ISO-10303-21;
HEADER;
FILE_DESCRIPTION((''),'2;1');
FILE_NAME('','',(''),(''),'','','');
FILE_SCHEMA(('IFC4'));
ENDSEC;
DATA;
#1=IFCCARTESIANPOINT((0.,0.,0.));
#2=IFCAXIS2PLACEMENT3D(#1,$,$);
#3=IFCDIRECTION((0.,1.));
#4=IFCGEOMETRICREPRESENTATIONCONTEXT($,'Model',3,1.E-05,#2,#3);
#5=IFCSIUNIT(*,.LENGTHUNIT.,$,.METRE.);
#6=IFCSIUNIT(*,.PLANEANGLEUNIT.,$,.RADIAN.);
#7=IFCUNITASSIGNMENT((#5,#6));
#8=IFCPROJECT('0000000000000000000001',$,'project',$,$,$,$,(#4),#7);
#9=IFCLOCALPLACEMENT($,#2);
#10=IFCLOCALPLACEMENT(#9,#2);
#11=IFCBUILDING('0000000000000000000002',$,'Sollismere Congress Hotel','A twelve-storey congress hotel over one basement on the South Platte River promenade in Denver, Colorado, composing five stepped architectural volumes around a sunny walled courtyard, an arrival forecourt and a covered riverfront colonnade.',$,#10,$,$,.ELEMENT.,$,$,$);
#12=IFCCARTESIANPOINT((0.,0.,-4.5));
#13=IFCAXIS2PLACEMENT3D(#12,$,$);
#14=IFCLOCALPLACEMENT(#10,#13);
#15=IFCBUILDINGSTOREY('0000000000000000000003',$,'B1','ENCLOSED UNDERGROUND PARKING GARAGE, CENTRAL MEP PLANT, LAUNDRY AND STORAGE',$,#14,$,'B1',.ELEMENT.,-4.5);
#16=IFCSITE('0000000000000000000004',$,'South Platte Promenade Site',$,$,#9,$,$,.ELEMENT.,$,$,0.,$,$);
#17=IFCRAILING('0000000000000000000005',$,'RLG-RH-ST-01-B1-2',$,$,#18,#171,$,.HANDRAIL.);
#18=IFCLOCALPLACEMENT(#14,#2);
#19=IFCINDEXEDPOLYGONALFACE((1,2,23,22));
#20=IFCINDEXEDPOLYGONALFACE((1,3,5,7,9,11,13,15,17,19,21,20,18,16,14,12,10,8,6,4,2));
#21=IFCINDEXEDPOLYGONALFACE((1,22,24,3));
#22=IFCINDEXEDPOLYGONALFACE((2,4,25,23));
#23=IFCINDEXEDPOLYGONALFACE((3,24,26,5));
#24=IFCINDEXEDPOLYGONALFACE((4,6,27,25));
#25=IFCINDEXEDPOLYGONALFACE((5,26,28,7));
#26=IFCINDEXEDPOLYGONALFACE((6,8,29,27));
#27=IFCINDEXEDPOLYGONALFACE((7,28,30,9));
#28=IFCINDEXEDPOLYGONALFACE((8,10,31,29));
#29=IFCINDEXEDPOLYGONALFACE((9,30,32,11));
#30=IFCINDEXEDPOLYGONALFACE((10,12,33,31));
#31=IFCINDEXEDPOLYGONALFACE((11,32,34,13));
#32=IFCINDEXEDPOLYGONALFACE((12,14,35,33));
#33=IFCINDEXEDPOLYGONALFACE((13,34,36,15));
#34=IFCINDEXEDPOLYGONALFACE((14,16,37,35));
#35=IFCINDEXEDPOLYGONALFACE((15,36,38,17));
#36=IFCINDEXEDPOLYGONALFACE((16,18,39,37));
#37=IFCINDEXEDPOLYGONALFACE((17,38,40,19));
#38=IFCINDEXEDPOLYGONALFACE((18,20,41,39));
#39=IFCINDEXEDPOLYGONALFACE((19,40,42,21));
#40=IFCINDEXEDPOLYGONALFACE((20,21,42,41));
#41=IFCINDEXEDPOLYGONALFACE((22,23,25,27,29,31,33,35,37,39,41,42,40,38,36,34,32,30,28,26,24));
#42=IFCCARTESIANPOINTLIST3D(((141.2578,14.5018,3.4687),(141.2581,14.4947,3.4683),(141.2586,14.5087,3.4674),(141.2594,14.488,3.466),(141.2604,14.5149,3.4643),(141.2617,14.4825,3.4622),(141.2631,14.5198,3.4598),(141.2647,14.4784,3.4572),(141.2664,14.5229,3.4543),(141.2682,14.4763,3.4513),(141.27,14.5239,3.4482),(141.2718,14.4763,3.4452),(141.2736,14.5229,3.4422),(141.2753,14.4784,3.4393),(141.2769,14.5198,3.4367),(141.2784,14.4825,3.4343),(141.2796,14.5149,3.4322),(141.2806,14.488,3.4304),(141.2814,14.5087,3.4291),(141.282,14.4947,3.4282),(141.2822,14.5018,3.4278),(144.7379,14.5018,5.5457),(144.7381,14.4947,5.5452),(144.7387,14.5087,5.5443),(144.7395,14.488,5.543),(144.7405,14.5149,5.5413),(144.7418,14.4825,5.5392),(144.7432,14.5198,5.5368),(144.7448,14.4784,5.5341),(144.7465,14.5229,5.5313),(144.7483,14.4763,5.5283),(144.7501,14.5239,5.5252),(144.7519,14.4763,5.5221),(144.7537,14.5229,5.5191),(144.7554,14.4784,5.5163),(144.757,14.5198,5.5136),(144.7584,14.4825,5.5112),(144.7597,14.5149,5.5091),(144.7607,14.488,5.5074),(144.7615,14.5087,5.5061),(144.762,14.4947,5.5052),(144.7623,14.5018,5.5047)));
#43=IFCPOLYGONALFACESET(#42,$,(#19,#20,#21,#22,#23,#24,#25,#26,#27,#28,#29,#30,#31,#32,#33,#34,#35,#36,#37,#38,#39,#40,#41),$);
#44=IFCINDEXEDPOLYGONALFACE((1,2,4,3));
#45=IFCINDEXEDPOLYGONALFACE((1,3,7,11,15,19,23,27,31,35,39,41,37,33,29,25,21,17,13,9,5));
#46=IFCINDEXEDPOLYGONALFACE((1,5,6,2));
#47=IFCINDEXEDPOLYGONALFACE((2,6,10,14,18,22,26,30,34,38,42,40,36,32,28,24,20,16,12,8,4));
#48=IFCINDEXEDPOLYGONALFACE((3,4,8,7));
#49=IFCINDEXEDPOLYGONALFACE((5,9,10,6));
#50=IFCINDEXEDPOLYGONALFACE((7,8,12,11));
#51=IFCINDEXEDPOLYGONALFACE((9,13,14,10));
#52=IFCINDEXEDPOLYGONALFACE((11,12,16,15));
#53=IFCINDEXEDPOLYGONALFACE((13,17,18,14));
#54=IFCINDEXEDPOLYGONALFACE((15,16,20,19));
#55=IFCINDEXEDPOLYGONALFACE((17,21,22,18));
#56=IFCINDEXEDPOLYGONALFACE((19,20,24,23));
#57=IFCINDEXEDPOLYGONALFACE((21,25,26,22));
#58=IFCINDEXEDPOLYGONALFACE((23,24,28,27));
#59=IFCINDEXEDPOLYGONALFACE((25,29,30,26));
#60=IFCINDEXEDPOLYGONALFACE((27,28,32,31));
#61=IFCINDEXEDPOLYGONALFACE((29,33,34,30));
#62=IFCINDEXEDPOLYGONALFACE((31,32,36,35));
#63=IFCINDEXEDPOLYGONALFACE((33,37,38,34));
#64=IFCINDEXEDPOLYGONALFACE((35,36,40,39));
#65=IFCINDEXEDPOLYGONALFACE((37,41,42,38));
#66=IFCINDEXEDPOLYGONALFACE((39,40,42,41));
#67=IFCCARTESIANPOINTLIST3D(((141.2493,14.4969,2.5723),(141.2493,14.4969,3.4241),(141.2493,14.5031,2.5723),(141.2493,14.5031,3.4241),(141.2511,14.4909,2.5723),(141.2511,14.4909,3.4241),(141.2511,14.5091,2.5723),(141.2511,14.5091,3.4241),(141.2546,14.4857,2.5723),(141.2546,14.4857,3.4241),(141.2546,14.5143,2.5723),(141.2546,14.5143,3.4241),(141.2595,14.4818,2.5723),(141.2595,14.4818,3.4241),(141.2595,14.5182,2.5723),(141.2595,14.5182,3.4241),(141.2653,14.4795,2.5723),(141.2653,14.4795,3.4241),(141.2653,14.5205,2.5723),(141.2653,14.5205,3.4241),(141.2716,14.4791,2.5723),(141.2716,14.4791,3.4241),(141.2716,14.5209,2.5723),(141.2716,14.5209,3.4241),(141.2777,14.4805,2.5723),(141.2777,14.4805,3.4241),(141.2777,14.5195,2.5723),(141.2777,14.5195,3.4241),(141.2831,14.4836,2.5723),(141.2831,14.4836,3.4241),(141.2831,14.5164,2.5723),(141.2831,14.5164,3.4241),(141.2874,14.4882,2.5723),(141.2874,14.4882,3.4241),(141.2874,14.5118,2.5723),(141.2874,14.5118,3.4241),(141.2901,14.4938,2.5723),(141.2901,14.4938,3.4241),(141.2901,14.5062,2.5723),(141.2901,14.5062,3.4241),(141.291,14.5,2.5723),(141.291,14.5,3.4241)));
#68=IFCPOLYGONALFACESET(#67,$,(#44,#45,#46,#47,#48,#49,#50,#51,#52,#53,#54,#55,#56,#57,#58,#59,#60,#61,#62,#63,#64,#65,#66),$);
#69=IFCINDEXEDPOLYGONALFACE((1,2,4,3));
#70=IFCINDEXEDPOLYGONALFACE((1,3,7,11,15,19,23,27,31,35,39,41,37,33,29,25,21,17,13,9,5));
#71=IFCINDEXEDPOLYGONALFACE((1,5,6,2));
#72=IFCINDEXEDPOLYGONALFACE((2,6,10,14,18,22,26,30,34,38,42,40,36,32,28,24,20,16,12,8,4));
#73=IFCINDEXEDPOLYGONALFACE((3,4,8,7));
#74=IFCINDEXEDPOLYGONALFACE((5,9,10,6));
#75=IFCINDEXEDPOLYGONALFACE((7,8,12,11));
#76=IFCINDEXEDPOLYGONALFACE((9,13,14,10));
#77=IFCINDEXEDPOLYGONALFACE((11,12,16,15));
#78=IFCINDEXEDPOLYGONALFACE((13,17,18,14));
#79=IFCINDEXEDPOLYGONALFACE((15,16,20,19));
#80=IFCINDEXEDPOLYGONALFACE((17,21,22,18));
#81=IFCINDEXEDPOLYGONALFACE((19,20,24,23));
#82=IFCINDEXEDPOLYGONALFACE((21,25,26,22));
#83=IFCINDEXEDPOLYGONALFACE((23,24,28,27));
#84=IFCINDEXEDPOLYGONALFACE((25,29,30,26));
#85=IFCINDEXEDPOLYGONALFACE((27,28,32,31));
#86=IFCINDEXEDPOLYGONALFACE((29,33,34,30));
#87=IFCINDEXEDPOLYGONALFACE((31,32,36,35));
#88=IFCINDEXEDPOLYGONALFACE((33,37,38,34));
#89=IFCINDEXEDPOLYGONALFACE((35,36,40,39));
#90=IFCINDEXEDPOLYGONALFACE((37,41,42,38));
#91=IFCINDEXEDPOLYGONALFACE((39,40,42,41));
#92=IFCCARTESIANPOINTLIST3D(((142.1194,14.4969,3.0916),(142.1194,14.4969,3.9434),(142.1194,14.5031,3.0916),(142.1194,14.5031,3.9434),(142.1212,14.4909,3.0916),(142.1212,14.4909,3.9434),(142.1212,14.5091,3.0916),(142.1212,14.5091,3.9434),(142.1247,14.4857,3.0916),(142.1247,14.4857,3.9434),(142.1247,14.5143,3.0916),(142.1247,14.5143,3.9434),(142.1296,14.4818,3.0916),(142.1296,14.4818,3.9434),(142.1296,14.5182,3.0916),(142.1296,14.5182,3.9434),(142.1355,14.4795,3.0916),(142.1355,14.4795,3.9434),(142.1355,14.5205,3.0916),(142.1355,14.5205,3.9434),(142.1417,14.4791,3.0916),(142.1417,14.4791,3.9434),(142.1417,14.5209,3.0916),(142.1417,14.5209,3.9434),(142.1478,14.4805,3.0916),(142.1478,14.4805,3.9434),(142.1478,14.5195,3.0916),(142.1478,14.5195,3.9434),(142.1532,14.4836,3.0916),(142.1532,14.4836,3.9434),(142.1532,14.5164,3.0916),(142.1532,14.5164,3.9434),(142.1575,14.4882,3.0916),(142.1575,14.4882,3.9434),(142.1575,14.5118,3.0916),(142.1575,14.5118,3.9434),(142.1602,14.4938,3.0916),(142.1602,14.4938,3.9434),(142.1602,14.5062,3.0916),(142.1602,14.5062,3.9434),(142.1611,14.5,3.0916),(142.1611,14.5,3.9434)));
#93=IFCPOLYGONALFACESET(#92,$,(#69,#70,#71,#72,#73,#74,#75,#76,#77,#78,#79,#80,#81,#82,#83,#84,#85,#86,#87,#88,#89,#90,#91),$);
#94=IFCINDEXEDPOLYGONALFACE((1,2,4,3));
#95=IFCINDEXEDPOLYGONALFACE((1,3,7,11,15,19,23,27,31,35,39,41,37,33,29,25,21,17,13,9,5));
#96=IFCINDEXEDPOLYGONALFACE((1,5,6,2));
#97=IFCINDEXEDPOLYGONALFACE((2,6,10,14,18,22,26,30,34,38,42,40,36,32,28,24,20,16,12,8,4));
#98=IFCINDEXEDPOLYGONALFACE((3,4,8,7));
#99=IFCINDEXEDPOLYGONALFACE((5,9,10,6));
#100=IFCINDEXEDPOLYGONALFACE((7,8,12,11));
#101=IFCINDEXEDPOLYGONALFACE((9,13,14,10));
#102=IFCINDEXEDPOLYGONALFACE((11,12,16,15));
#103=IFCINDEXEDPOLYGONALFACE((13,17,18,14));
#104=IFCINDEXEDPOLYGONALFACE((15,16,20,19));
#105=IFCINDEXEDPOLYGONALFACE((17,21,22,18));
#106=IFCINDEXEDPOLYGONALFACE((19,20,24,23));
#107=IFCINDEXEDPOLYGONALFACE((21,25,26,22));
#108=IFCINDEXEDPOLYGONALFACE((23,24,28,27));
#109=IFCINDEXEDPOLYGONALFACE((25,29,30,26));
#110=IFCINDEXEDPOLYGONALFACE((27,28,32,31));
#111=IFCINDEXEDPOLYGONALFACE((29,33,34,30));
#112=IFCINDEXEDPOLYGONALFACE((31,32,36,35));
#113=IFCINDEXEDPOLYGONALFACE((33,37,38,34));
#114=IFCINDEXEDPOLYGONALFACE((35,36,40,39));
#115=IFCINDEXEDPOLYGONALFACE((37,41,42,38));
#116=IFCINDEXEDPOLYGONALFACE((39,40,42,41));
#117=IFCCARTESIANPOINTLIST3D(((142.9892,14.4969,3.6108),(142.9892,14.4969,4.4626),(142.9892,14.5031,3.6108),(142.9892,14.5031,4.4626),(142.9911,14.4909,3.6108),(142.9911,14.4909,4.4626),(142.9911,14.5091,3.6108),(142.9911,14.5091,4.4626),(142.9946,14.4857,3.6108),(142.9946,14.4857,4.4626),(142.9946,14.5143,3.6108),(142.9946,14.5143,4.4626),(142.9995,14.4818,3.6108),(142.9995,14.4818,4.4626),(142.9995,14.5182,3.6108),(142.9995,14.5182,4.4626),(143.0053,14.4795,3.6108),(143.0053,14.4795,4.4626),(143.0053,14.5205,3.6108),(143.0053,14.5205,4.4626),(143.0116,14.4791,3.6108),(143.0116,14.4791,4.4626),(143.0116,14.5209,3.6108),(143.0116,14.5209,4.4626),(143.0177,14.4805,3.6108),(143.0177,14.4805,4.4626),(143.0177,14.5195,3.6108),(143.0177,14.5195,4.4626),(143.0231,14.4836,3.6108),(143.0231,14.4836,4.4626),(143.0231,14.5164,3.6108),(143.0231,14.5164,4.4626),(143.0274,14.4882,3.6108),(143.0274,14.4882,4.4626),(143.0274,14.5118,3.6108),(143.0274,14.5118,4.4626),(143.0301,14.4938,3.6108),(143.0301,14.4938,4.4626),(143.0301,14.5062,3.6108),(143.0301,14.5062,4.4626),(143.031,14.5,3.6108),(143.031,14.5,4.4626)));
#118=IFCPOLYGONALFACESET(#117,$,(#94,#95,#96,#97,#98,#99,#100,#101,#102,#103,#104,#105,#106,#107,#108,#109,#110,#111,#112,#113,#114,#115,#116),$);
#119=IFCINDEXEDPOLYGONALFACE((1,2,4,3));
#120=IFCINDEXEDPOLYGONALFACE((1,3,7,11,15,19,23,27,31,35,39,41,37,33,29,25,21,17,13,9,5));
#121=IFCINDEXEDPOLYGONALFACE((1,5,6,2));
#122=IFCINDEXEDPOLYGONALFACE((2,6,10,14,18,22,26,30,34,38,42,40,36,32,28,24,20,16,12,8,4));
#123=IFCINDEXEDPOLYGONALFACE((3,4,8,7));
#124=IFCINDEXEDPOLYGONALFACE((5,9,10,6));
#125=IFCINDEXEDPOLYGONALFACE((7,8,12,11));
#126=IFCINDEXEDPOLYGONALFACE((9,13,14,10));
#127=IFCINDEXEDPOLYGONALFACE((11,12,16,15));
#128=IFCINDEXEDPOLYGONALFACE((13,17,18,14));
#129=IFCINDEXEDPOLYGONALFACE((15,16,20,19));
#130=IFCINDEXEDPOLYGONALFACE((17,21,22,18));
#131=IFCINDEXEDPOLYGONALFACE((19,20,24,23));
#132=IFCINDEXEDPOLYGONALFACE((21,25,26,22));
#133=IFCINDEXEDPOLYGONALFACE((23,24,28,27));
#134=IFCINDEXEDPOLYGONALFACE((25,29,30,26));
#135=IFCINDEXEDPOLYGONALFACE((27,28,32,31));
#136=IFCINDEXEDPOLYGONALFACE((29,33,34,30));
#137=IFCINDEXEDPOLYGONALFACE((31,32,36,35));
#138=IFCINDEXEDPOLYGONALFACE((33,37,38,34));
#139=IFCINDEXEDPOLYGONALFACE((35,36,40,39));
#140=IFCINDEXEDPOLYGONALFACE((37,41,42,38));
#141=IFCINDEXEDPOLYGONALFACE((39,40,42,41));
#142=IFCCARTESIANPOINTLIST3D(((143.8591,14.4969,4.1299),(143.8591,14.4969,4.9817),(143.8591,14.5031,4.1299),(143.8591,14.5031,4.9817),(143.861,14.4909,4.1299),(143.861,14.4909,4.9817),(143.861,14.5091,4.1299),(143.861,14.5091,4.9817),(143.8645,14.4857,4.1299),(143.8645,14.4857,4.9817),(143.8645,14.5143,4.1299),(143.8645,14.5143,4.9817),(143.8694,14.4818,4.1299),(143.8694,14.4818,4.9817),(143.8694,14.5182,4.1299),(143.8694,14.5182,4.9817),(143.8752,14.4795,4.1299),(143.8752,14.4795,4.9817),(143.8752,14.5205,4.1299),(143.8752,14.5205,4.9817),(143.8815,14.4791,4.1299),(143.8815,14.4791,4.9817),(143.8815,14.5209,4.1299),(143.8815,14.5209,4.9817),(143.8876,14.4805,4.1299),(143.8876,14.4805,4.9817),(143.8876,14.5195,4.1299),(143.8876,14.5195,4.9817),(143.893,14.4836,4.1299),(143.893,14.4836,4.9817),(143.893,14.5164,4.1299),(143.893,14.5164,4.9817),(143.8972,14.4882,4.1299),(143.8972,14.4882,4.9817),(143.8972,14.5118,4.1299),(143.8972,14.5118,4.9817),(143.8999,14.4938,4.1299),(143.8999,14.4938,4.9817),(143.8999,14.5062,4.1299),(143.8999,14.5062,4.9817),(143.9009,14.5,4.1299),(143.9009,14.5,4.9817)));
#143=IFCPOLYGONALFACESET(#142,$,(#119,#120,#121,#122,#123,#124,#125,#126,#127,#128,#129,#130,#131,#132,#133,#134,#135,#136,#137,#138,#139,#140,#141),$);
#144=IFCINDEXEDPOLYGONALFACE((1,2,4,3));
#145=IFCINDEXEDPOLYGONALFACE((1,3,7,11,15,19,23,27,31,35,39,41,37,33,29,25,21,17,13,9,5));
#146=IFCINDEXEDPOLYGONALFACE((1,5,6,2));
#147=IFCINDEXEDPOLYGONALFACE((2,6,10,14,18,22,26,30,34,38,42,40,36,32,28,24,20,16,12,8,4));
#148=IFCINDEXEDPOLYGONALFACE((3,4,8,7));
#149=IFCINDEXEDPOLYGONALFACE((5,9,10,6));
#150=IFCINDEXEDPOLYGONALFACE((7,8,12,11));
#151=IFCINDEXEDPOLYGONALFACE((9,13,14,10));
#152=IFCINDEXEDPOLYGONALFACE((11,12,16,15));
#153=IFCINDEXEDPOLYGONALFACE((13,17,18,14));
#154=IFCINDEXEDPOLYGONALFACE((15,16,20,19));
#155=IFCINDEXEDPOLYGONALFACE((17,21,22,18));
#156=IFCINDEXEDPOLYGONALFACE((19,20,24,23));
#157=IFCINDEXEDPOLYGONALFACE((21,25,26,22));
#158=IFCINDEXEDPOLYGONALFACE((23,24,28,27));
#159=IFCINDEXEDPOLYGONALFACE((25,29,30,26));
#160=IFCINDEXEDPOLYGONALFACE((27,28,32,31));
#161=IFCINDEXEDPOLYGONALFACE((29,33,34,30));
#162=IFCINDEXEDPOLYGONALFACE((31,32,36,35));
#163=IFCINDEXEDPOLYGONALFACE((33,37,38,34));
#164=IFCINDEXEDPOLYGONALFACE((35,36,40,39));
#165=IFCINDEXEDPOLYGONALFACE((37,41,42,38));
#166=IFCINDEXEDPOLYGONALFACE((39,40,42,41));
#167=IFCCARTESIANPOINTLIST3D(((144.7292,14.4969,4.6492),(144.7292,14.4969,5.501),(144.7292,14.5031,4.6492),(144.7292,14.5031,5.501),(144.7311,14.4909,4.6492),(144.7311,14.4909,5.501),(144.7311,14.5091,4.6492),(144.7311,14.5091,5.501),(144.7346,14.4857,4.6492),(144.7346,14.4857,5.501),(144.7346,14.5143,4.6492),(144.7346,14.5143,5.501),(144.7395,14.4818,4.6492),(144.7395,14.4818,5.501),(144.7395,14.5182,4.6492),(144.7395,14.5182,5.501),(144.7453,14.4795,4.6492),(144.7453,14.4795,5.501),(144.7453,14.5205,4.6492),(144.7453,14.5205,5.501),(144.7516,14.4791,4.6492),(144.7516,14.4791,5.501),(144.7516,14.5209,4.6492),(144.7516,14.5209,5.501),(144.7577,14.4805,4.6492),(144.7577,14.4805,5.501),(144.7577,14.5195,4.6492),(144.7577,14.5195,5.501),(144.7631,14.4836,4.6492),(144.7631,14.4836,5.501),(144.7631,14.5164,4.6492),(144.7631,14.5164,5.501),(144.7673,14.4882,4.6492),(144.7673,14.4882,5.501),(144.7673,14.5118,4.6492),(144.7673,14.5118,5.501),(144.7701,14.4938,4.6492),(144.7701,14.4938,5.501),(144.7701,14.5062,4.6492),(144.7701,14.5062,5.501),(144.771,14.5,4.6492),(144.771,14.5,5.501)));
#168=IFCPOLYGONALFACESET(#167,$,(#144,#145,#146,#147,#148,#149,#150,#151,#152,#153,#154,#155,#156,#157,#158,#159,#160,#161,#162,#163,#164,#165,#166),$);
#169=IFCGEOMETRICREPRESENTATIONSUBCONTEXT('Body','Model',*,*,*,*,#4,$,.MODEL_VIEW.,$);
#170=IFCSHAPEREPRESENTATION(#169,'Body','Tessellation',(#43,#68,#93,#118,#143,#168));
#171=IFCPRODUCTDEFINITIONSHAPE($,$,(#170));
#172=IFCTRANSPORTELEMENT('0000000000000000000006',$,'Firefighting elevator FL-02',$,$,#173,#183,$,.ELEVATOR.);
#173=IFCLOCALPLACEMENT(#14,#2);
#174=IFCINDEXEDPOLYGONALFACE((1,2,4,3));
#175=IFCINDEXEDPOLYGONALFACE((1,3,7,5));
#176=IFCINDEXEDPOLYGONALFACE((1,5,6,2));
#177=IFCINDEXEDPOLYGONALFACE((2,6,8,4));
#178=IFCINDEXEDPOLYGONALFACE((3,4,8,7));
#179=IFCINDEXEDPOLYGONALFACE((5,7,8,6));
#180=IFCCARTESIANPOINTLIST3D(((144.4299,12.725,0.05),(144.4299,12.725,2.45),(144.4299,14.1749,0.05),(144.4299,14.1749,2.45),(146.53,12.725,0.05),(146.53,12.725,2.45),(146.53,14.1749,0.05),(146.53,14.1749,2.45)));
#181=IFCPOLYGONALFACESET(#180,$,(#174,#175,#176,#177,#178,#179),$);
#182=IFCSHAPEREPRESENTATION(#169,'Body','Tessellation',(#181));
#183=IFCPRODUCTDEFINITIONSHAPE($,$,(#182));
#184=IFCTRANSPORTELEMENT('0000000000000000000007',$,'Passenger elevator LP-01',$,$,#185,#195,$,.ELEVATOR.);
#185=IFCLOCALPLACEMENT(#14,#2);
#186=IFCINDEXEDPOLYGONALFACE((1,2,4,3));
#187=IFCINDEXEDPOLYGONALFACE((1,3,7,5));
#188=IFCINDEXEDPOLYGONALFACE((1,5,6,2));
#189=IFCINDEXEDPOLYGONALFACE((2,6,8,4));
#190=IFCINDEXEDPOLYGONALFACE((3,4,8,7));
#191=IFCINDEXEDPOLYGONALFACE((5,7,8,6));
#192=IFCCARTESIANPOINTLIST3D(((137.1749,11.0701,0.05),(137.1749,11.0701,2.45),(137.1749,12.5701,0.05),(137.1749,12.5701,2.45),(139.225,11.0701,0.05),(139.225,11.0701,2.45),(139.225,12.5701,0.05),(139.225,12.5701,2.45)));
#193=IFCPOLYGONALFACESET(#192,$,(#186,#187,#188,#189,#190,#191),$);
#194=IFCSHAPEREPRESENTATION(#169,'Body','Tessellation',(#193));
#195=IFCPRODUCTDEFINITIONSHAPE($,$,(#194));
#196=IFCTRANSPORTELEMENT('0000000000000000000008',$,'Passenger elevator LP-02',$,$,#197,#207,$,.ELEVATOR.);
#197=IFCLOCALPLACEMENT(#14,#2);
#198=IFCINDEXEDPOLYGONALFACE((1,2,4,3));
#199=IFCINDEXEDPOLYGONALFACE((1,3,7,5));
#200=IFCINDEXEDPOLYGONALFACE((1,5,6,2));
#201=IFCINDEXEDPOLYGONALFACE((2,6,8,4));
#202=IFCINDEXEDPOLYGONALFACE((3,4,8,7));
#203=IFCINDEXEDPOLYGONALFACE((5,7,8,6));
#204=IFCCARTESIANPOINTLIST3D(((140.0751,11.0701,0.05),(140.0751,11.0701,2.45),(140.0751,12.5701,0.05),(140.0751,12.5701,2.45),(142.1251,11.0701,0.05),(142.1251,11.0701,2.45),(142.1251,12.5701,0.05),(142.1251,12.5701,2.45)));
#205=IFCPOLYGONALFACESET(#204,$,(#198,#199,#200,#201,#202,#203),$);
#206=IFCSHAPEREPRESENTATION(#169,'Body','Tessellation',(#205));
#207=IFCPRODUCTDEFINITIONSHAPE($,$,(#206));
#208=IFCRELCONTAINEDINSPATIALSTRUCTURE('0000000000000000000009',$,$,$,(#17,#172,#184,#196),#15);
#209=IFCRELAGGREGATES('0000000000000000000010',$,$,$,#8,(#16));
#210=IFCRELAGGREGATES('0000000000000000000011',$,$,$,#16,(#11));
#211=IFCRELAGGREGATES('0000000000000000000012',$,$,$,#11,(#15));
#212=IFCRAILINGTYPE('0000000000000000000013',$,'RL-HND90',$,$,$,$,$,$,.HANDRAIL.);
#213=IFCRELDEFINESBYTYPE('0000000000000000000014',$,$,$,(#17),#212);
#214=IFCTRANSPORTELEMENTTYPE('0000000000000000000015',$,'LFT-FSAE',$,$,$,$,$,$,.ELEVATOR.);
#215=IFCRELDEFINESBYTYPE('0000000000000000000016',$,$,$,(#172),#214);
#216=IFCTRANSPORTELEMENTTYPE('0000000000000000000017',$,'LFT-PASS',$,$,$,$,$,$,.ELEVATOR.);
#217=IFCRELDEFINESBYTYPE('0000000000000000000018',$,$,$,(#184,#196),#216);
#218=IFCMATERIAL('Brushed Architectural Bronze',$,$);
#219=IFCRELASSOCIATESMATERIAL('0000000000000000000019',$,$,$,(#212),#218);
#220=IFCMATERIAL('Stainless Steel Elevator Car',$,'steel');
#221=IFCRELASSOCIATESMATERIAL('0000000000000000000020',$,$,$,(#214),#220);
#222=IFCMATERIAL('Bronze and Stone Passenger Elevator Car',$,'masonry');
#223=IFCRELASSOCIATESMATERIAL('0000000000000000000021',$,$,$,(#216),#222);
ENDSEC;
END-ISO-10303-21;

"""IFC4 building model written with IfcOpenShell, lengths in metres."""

from ifc_helpers import new_model, si_unit, direction, frame, origin, origin_2d, place, context, subcontext, project, spatial, rectangle, circle, extrude, material, type_object, element, save


model = new_model("IFC4")

# Units and contexts
model_context = context("Model", 3, precision=1e-05, world=origin(), true_north=direction((0.0, 1.0)))
body_context = subcontext(model_context, "Body", "Model", "MODEL_VIEW")
ifc_project = project(units=[si_unit("LENGTHUNIT", "METRE"), si_unit("PLANEANGLEUNIT", "RADIAN")], contexts=[model_context])

# Site, building, storey
site_placement = place(None, origin())
site = spatial("IfcSite", under=ifc_project, at=site_placement, Name="South Platte Promenade Site", CompositionType="ELEMENT", RefElevation=0.0)
building_placement = place(site_placement, origin())
building = spatial("IfcBuilding", under=site, at=building_placement, Name="Sollismere Congress Hotel", Description="A twelve-storey congress hotel over one basement on the South Platte River promenade in Denver, Colorado, composing five stepped architectural volumes around a sunny walled courtyard, an arrival forecourt and a covered riverfront colonnade.", CompositionType="ELEMENT")
storey_placement = place(building_placement, frame((0.0, 0.0, -4.5)))
storey = spatial("IfcBuildingStorey", under=building, at=storey_placement, Name="B1", Description="ENCLOSED UNDERGROUND PARKING GARAGE, CENTRAL MEP PLANT, LAUNDRY AND STORAGE", LongName="B1", CompositionType="ELEMENT", Elevation=-4.5)

# Railing
ifc_material_1 = material(Name="Brushed Architectural Bronze")
railing_type_1 = type_object("IfcRailingType", Name="RL-HND90", PredefinedType="HANDRAIL", material=ifc_material_1)
railing_1_placement = place(storey_placement, frame((141.27, 14.5, 2.5723)))
element("IfcRailing", 1, at=railing_1_placement, inside=storey, type_object=railing_type_1, Name="RLG-RH-ST-01-B1-2", PredefinedType="HANDRAIL", context=body_context, shape_type="SweptSolid", body=[
    extrude(circle(Radius=0.0239, at=origin_2d()), frame((0.0, 0.0, 0.876), z_axis=(0.858697, 0.0, 0.512483), x_axis=(0.0, 1.0, 0.0)), (0.0, 0.0, 1.0), 4.0527),
    extrude(circle(Radius=0.021, at=origin_2d()), origin(), (0.0, 0.0, 1.0), 0.8518),
    extrude(circle(Radius=0.021, at=origin_2d()), frame((0.8701, 0.0, 0.5193)), (0.0, 0.0, 1.0), 0.8518),
    extrude(circle(Radius=0.021, at=origin_2d()), frame((1.74, 0.0, 1.0386)), (0.0, 0.0, 1.0), 0.8518),
    extrude(circle(Radius=0.021, at=origin_2d()), frame((2.6099, 0.0, 1.5576)), (0.0, 0.0, 1.0), 0.8518),
    extrude(circle(Radius=0.021, at=origin_2d()), frame((3.48, 0.0, 2.0769)), (0.0, 0.0, 1.0), 0.8518),
])

# Transport elements
ifc_material_2 = material(Name="Stainless Steel Elevator Car", Category="steel")
transport_element_type_1 = type_object("IfcTransportElementType", Name="LFT-FSAE", PredefinedType="ELEVATOR", material=ifc_material_2)
transport_element_placement = place(storey_placement, frame((145.48, 13.45, 0.05), z_axis=(0.0, 0.0, 1.0), x_axis=(1.0, 0.0, 0.0)))
element("IfcTransportElement", 2, at=transport_element_placement, inside=storey, type_object=transport_element_type_1, Name="Firefighting elevator FL-02", PredefinedType="ELEVATOR", context=body_context, shape_type="SweptSolid", body=[
    extrude(rectangle(XDim=2.1001, YDim=1.45, at=origin_2d()), origin(), (0.0, 0.0, 1.0), 2.3999),
])
ifc_material_3 = material(Name="Bronze and Stone Passenger Elevator Car", Category="masonry")
transport_element_type_2 = type_object("IfcTransportElementType", Name="LFT-PASS", PredefinedType="ELEVATOR", material=ifc_material_3)
for number, where, z_axis, x_axis, name in (
    (3, (138.2, 11.8201, 0.05), (0.0, 0.0, 1.0), (1.0, 0.0, 0.0), "Passenger elevator LP-01"),
    (4, (141.1001, 11.8201, 0.05), (0.0, 0.0, 1.0), (1.0, 0.0, 0.0), "Passenger elevator LP-02"),
):
    element("IfcTransportElement", number, at=place(storey_placement, frame(where, z_axis=z_axis, x_axis=x_axis)), inside=storey, type_object=transport_element_type_2, Name=name, PredefinedType="ELEVATOR", context=body_context, shape_type="SweptSolid", body=[
        extrude(rectangle(XDim=2.05, YDim=1.5, at=origin_2d()), origin(), (0.0, 0.0, 1.0), 2.3999),
    ])

save(model, "model.ifc")
